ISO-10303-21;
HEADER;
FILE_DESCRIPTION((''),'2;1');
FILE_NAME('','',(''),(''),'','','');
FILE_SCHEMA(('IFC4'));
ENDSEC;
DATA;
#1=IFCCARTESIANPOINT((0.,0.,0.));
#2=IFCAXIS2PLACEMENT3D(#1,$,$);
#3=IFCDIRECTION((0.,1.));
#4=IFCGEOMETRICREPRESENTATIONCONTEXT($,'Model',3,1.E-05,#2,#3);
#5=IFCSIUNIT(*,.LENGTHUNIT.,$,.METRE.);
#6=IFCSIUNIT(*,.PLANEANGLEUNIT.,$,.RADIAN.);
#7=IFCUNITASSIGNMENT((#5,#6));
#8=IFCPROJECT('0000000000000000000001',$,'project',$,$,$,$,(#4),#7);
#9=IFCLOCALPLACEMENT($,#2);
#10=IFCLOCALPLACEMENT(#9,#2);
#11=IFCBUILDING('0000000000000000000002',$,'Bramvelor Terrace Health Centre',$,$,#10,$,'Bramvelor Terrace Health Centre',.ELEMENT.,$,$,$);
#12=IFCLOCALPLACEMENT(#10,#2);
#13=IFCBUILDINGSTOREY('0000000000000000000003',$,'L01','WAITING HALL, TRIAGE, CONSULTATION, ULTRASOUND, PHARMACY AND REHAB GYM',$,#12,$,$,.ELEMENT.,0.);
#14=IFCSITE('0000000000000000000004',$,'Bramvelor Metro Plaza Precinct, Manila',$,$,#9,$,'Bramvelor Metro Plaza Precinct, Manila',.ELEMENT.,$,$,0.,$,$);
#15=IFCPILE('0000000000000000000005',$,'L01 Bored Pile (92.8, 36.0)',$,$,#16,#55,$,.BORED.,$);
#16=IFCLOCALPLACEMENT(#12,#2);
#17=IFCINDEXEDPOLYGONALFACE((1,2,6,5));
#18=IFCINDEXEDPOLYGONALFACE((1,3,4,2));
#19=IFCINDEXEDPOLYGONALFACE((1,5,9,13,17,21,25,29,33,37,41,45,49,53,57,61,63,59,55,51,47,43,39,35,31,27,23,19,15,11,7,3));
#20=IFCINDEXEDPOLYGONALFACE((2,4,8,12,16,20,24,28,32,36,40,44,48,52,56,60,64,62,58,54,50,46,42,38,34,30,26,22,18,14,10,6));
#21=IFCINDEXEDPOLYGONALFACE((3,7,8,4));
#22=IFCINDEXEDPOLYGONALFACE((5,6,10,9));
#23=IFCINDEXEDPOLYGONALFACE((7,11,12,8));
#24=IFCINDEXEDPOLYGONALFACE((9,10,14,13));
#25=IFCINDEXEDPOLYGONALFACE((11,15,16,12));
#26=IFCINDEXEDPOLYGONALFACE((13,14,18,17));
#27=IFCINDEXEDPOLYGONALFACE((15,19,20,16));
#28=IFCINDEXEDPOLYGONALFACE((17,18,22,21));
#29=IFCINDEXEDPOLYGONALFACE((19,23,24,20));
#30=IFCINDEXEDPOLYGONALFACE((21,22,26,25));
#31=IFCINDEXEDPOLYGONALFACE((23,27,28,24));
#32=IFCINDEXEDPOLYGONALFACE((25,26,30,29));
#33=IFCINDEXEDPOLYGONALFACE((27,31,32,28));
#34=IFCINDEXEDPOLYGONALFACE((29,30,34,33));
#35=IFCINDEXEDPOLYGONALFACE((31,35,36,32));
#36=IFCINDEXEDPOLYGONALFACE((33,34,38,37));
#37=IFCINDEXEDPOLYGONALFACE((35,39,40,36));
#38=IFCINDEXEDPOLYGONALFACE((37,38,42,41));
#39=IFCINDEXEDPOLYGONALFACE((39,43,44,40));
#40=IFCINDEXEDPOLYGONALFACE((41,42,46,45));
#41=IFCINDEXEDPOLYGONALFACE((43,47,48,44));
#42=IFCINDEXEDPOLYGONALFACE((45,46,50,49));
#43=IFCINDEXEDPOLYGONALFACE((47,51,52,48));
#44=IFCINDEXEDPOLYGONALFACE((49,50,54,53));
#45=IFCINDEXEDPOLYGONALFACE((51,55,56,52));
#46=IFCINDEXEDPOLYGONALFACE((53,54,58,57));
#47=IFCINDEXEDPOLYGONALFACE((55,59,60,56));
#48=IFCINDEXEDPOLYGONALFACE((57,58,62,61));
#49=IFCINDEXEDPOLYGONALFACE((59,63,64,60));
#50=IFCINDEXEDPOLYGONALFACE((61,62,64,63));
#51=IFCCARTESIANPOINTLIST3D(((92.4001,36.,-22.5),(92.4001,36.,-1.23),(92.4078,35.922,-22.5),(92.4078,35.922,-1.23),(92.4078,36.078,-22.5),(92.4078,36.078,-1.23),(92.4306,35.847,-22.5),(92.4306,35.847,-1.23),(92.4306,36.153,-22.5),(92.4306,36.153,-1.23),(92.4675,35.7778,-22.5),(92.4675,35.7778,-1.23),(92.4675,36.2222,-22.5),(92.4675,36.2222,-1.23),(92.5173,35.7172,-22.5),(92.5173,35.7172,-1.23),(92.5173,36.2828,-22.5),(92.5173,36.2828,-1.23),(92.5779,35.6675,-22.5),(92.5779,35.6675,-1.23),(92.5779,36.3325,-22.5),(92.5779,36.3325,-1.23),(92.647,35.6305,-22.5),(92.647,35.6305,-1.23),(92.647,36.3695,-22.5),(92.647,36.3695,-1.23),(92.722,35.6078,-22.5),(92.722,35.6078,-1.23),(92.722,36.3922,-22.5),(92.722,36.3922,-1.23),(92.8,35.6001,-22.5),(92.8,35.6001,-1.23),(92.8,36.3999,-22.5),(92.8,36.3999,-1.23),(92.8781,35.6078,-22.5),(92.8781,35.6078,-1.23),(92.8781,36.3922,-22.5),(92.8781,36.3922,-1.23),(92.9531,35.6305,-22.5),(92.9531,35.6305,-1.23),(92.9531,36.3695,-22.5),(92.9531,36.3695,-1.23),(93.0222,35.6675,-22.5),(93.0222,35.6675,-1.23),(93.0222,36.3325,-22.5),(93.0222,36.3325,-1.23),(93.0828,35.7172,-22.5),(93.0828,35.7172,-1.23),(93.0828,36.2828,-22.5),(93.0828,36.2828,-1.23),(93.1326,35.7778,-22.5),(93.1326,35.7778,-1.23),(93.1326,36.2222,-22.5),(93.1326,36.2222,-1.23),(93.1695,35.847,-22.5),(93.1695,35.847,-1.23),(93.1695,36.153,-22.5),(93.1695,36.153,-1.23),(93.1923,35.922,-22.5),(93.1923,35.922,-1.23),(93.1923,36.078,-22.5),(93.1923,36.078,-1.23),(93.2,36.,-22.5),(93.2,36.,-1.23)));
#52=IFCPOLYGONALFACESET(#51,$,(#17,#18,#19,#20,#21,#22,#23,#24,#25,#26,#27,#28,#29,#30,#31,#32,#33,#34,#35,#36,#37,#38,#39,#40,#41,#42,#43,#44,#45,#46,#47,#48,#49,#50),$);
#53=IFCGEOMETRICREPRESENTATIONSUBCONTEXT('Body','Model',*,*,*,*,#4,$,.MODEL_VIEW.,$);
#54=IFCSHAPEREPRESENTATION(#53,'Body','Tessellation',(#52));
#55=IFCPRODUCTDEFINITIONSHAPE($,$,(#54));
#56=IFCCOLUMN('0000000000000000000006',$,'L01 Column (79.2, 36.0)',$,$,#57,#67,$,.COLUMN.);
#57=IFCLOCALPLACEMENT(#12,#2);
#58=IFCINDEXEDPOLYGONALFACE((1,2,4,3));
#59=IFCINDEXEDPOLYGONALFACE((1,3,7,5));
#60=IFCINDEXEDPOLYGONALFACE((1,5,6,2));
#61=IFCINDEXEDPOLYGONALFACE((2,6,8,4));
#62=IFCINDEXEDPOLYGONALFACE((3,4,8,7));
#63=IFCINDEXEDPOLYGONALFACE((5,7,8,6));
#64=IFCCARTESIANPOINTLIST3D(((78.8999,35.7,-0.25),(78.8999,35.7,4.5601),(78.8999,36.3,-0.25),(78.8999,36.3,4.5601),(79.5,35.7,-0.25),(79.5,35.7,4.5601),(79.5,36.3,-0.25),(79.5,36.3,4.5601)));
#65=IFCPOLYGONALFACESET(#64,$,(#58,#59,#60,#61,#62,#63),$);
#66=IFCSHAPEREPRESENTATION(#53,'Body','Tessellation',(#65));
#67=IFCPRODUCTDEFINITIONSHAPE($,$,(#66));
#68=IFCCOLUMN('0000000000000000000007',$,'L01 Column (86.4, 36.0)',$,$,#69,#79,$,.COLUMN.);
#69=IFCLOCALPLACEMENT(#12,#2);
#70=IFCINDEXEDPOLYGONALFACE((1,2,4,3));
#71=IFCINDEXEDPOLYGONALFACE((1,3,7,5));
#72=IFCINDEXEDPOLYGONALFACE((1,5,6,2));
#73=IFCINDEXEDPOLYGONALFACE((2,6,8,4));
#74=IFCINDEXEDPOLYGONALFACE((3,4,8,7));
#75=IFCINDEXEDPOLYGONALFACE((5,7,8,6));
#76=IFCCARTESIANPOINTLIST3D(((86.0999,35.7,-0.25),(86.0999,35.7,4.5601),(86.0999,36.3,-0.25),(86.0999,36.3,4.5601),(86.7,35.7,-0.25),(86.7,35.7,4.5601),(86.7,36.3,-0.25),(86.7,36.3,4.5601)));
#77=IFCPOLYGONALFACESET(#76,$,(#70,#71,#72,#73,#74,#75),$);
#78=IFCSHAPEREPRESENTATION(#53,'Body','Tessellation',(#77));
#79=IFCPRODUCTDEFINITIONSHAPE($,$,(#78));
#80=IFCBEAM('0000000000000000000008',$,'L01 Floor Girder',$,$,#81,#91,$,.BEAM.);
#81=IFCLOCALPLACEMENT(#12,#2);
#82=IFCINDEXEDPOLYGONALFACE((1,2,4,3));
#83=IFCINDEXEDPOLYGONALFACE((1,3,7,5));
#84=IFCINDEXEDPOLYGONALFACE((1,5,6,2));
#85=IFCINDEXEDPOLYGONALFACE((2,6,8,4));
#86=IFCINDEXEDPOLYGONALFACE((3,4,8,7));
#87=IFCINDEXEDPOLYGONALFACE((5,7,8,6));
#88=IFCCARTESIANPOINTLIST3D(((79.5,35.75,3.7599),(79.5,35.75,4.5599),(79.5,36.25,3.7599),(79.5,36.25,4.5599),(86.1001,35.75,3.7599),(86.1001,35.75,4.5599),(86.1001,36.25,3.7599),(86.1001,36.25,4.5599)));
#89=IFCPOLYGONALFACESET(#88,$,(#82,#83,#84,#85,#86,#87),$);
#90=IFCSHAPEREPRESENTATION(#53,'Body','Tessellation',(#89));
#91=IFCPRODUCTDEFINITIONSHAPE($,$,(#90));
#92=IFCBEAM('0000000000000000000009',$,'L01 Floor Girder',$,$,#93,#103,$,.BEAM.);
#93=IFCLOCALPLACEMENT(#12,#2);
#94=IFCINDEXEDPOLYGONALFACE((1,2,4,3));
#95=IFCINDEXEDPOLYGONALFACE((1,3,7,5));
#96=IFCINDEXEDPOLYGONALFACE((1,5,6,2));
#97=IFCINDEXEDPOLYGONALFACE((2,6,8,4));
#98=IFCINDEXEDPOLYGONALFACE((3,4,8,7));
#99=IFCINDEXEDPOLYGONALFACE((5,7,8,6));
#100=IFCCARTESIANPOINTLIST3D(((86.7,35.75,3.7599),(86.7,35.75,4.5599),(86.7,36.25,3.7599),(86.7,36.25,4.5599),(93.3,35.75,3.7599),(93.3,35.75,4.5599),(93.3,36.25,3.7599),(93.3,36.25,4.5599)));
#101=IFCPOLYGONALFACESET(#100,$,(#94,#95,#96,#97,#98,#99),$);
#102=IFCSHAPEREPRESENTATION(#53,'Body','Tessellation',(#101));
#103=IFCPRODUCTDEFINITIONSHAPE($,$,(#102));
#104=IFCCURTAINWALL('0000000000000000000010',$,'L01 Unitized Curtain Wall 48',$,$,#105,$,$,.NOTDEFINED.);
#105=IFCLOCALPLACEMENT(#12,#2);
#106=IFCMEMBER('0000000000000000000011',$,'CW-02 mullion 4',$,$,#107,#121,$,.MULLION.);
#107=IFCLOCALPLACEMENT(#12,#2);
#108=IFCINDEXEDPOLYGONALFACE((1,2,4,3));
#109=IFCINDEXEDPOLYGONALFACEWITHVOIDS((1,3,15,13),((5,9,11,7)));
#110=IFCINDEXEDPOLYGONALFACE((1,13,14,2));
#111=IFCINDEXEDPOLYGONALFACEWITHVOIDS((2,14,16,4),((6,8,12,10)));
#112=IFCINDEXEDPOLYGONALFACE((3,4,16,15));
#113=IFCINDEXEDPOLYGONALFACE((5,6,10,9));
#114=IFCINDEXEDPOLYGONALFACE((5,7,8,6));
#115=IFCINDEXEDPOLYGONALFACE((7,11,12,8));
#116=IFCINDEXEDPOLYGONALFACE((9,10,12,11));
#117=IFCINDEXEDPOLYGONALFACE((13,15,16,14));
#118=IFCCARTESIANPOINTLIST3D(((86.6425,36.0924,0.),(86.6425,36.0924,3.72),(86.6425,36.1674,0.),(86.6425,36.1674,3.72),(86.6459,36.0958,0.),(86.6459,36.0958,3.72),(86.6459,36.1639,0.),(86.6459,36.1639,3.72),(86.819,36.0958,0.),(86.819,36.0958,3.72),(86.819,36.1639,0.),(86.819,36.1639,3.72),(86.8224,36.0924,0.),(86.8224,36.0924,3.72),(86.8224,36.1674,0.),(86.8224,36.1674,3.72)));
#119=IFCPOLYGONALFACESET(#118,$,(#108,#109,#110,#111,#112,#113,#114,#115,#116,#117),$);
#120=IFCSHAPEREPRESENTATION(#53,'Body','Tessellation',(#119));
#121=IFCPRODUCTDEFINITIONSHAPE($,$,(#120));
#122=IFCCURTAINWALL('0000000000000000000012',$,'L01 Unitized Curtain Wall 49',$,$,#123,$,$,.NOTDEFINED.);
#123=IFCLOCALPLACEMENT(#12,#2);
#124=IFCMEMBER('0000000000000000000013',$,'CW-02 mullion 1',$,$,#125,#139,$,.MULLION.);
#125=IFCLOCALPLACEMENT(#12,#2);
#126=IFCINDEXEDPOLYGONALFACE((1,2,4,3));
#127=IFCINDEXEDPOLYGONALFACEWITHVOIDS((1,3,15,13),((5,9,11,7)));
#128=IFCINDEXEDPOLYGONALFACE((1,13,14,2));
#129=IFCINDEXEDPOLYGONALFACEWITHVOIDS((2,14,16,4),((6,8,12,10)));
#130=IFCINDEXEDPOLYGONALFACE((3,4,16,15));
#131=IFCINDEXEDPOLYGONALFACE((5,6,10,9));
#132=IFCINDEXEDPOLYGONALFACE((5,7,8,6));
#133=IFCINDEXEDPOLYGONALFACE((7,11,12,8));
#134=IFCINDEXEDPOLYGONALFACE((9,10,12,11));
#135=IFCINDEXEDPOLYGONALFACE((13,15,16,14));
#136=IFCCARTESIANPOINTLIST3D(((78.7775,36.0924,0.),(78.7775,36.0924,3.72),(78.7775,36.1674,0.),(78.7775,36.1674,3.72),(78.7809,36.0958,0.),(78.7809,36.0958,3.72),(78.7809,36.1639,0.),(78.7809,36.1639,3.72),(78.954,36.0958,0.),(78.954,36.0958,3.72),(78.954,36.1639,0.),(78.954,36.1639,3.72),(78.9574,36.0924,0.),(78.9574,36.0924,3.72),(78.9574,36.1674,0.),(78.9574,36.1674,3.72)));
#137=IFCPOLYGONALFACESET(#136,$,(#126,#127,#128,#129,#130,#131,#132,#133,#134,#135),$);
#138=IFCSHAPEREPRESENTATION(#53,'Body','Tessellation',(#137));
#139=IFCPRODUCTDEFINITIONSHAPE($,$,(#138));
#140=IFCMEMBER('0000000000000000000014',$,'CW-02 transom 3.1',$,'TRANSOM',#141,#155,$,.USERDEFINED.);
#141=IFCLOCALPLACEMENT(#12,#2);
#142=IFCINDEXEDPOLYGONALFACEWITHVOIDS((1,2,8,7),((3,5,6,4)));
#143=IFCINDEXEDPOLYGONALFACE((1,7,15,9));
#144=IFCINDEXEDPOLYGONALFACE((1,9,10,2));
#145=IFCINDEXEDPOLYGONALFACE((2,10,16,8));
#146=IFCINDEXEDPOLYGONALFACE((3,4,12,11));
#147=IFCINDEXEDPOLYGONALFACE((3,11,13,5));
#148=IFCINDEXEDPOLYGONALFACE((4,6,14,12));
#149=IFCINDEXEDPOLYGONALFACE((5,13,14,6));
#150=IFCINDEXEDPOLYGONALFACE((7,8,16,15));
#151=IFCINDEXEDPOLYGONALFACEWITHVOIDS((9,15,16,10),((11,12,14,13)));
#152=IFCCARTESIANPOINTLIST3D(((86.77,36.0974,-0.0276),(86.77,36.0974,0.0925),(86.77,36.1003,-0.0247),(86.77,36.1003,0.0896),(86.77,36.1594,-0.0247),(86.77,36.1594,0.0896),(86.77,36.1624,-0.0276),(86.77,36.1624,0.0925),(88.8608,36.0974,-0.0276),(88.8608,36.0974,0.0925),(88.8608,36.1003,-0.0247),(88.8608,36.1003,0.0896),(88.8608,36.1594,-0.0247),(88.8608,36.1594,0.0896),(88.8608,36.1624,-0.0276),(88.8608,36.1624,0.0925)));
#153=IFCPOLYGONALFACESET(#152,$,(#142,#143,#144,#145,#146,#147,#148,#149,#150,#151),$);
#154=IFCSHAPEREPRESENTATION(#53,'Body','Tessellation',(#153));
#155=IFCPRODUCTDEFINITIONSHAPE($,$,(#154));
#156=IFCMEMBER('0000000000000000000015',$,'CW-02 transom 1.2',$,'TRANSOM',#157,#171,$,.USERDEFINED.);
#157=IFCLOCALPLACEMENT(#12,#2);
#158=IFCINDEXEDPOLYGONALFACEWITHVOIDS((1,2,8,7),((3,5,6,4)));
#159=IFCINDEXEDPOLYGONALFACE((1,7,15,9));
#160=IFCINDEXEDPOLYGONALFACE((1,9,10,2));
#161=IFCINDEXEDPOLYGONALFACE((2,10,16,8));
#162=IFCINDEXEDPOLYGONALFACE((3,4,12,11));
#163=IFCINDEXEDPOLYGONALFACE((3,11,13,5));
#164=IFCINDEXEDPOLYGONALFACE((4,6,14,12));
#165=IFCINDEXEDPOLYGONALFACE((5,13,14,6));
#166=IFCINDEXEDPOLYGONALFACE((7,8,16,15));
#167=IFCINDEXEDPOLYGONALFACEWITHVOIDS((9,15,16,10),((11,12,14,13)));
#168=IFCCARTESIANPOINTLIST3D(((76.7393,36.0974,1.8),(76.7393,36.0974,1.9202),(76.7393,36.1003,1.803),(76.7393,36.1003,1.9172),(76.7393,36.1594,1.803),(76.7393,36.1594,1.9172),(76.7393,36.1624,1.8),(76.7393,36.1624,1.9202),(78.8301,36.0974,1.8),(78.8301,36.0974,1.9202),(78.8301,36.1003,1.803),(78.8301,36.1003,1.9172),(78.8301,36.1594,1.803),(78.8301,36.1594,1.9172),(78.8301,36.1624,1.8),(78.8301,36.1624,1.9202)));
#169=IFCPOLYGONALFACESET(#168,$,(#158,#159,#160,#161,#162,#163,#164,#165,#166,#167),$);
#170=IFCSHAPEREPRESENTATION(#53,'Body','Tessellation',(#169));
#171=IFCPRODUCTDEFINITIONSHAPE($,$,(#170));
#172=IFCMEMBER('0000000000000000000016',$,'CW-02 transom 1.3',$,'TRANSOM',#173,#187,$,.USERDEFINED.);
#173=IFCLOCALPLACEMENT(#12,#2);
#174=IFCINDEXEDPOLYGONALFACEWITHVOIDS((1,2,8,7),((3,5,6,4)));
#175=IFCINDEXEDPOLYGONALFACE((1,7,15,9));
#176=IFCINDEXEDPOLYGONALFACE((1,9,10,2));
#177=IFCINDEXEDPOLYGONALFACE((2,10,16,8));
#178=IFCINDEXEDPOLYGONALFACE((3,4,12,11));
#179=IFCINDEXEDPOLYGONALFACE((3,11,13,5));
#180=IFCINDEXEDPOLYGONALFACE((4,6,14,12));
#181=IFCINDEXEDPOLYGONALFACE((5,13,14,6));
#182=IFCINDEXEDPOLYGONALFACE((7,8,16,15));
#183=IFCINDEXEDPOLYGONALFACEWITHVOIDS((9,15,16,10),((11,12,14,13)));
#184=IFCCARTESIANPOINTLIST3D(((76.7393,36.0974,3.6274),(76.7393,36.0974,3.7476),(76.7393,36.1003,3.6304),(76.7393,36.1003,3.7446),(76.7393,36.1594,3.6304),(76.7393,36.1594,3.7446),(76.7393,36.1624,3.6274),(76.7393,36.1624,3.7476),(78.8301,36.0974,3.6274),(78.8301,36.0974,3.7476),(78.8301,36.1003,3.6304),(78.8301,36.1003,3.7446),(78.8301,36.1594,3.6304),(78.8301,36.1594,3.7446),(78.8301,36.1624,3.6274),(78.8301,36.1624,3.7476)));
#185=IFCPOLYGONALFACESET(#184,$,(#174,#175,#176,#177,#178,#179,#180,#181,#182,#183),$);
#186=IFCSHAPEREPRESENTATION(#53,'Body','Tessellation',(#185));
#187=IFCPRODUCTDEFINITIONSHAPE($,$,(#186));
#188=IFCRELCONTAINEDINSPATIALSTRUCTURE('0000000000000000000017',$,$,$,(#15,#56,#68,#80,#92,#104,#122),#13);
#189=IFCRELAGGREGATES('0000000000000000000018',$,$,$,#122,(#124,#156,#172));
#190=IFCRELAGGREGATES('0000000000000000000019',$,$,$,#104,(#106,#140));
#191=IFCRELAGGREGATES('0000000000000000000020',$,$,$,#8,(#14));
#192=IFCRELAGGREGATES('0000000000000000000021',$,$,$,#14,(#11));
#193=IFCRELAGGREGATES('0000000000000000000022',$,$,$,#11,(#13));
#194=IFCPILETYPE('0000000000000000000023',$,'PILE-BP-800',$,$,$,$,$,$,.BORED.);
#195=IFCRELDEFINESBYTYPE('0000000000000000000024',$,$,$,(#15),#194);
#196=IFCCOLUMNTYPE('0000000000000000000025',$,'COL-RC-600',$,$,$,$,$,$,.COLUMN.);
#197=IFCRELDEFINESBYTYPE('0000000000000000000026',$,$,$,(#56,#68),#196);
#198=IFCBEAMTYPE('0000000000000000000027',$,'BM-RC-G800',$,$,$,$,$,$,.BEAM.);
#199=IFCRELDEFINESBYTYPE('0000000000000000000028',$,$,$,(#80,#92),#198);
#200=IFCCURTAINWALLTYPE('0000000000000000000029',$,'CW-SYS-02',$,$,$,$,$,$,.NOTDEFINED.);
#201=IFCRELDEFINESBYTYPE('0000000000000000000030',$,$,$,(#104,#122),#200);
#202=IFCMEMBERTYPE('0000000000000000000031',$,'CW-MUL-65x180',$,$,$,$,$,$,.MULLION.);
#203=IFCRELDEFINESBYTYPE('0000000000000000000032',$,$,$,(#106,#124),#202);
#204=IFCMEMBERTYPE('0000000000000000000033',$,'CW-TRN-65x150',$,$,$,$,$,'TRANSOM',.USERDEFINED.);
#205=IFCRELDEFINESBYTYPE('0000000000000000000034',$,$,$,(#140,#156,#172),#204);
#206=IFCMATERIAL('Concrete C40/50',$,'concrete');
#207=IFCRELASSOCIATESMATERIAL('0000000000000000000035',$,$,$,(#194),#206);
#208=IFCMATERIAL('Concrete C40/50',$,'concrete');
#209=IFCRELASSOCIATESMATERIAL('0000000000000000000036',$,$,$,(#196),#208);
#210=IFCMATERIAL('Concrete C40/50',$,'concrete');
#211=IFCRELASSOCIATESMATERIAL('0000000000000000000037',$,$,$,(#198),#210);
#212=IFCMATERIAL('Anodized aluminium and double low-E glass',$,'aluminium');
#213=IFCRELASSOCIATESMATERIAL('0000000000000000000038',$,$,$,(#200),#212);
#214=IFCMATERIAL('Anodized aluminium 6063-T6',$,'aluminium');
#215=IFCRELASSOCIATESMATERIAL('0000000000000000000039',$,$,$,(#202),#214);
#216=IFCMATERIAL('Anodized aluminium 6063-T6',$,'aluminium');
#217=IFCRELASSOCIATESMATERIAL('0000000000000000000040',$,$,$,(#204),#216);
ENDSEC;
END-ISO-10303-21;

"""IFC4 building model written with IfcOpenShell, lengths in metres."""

from ifc_helpers import new_model, si_unit, direction, frame, origin, origin_2d, place, context, subcontext, project, spatial, rectangle, hollow_rectangle, circle, extrude, material, material_profile, profile_set, type_object, element, aggregate, save


model = new_model("IFC4")

# Units and contexts
model_context = context("Model", 3, precision=1e-05, world=origin(), true_north=direction((0.0, 1.0)))
body_context = subcontext(model_context, "Body", "Model", "MODEL_VIEW")
ifc_project = project(units=[si_unit("LENGTHUNIT", "METRE"), si_unit("PLANEANGLEUNIT", "RADIAN")], contexts=[model_context])

# Site, building, storey
site_placement = place(None, origin())
site = spatial("IfcSite", under=ifc_project, at=site_placement, Name="Bramvelor Metro Plaza Precinct, Manila", LongName="Bramvelor Metro Plaza Precinct, Manila", CompositionType="ELEMENT", RefElevation=0.0)
building_placement = place(site_placement, origin())
building = spatial("IfcBuilding", under=site, at=building_placement, Name="Bramvelor Terrace Health Centre", LongName="Bramvelor Terrace Health Centre", CompositionType="ELEMENT")
storey_placement = place(building_placement, origin())
storey = spatial("IfcBuildingStorey", under=building, at=storey_placement, Name="L01", Description="WAITING HALL, TRIAGE, CONSULTATION, ULTRASOUND, PHARMACY AND REHAB GYM", CompositionType="ELEMENT", Elevation=0.0)

# Pile
ifc_material_1 = material(Name="Concrete C40/50", Category="concrete")
ifc_material_profile_1 = material_profile(ifc_material_1, circle(Radius=0.3999, at=origin_2d()), Name="BP D800")
ifc_profile_set_1 = profile_set([ifc_material_profile_1], Name="Concrete C40/50")
pile_type = type_object("IfcPileType", Name="PILE-BP-800", PredefinedType="BORED", material=ifc_profile_set_1)
for number, where, z_axis, x_axis, name in (
    (1, (92.8, 36.0, -1.23), (0.0, 0.0, -1.0), (1.0, 0.0, 0.0), "L01 Bored Pile (92.8, 36.0)"),
):
    element("IfcPile", number, at=place(storey_placement, frame(where, z_axis=z_axis, x_axis=x_axis)), inside=storey, type_object=pile_type, Name=name, PredefinedType="BORED", context=body_context, shape_type="SweptSolid", body=[
        extrude(circle(Radius=0.3999, at=origin_2d()), origin(), (0.0, 0.0, 1.0), 21.27),
    ])

# Columns
ifc_material_2 = material(Name="Concrete C40/50", Category="concrete")
ifc_material_profile_2 = material_profile(ifc_material_2, rectangle(XDim=0.6001, YDim=0.6001, at=origin_2d()), Name="RC 600x600")
ifc_profile_set_2 = profile_set([ifc_material_profile_2], Name="Concrete C40/50")
column_type = type_object("IfcColumnType", Name="COL-RC-600", PredefinedType="COLUMN", material=ifc_profile_set_2)
for number, where, z_axis, x_axis, name in (
    (2, (79.2, 36.0, -0.25), (0.0, 0.0, 1.0), (1.0, 0.0, 0.0), "L01 Column (79.2, 36.0)"),
    (3, (86.3999, 36.0, -0.25), (0.0, 0.0, 1.0), (1.0, 0.0, 0.0), "L01 Column (86.4, 36.0)"),
):
    element("IfcColumn", number, at=place(storey_placement, frame(where, z_axis=z_axis, x_axis=x_axis)), inside=storey, type_object=column_type, Name=name, PredefinedType="COLUMN", context=body_context, shape_type="SweptSolid", body=[
        extrude(rectangle(XDim=0.6001, YDim=0.6001, at=origin_2d()), origin(), (0.0, 0.0, 1.0), 4.8101),
    ])

# Beams
ifc_material_3 = material(Name="Concrete C40/50", Category="concrete")
ifc_material_profile_3 = material_profile(ifc_material_3, rectangle(XDim=0.5, YDim=0.8, at=origin_2d()), Name="RC 500x800")
ifc_profile_set_3 = profile_set([ifc_material_profile_3], Name="Concrete C40/50")
beam_type = type_object("IfcBeamType", Name="BM-RC-G800", PredefinedType="BEAM", material=ifc_profile_set_3)
for number, where, z_axis, x_axis, name in (
    (4, (79.5, 36.0, 4.1599), (1.0, 0.0, 0.0), (0.0, 1.0, 0.0), "L01 Floor Girder"),
    (5, (86.7, 36.0, 4.1599), (1.0, 0.0, 0.0), (0.0, 1.0, 0.0), "L01 Floor Girder"),
):
    element("IfcBeam", number, at=place(storey_placement, frame(where, z_axis=z_axis, x_axis=x_axis)), inside=storey, type_object=beam_type, Name=name, PredefinedType="BEAM", context=body_context, shape_type="SweptSolid", body=[
        extrude(rectangle(XDim=0.5, YDim=0.8, at=origin_2d()), origin(), (0.0, 0.0, 1.0), 6.6001),
    ])

# Curtain walls, members
ifc_material_4 = material(Name="Anodized aluminium and double low-E glass", Category="aluminium")
curtain_wall_type = type_object("IfcCurtainWallType", Name="CW-SYS-02", PredefinedType="NOTDEFINED", material=ifc_material_4)
curtain_wall_1_placement = place(storey_placement, origin())
curtain_wall_1 = element("IfcCurtainWall", 6, at=curtain_wall_1_placement, inside=storey, type_object=curtain_wall_type, Name="L01 Unitized Curtain Wall 48", PredefinedType="NOTDEFINED")
ifc_material_5 = material(Name="Anodized aluminium 6063-T6", Category="aluminium")
ifc_material_profile_4 = material_profile(ifc_material_5, hollow_rectangle(XDim=0.075, YDim=0.1799, WallThickness=0.0034, at=origin_2d()), Name="ALU-MUL 75x180x3.5")
ifc_profile_set_4 = profile_set([ifc_material_profile_4], Name="Anodized aluminium 6063-T6")
member_type_1 = type_object("IfcMemberType", Name="CW-MUL-65x180", PredefinedType="MULLION", material=ifc_profile_set_4)
member_1_placement = place(storey_placement, frame((86.7324, 36.1299, 0.0), z_axis=(0.0, 0.0, 1.0), x_axis=(0.0, -1.0, 0.0)))
member_1 = element("IfcMember", 7, at=member_1_placement, type_object=member_type_1, Name="CW-02 mullion 4", PredefinedType="MULLION", context=body_context, shape_type="SweptSolid", body=[
    extrude(hollow_rectangle(XDim=0.075, YDim=0.1799, WallThickness=0.0034, at=origin_2d()), origin(), (0.0, 0.0, 1.0), 3.72),
])
curtain_wall_2_placement = place(storey_placement, origin())
curtain_wall_2 = element("IfcCurtainWall", 8, at=curtain_wall_2_placement, inside=storey, type_object=curtain_wall_type, Name="L01 Unitized Curtain Wall 49", PredefinedType="NOTDEFINED")
member_2_placement = place(storey_placement, frame((78.8674, 36.1299, 0.0), z_axis=(0.0, 0.0, 1.0), x_axis=(0.0, -1.0, 0.0)))
member_2 = element("IfcMember", 9, at=member_2_placement, type_object=member_type_1, Name="CW-02 mullion 1", PredefinedType="MULLION", context=body_context, shape_type="SweptSolid", body=[
    extrude(hollow_rectangle(XDim=0.075, YDim=0.1799, WallThickness=0.0034, at=origin_2d()), origin(), (0.0, 0.0, 1.0), 3.72),
])

# Members
ifc_material_6 = material(Name="Anodized aluminium 6063-T6", Category="aluminium")
ifc_material_profile_5 = material_profile(ifc_material_6, hollow_rectangle(XDim=0.0649, YDim=0.1201, WallThickness=0.0029, at=origin_2d()), Name="ALU-TRN 65x120x3.0")
ifc_profile_set_5 = profile_set([ifc_material_profile_5], Name="Anodized aluminium 6063-T6")
member_type_2 = type_object("IfcMemberType", Name="CW-TRN-65x150", ElementType="TRANSOM", PredefinedType="USERDEFINED", material=ifc_profile_set_5)
member_3_placement = place(storey_placement, frame((88.8608, 36.1299, 0.0325), z_axis=(-1.0, 0.0, 0.0), x_axis=(0.0, -1.0, 0.0)))
member_3 = element("IfcMember", 10, at=member_3_placement, type_object=member_type_2, Name="CW-02 transom 3.1", ObjectType="TRANSOM", PredefinedType="USERDEFINED", context=body_context, shape_type="SweptSolid", body=[
    extrude(hollow_rectangle(XDim=0.0649, YDim=0.1201, WallThickness=0.0029, at=origin_2d()), origin(), (0.0, 0.0, 1.0), 2.0908),
])
member_4_placement = place(storey_placement, frame((78.8301, 36.1299, 1.8601), z_axis=(-1.0, 0.0, 0.0), x_axis=(0.0, -1.0, 0.0)))
member_4 = element("IfcMember", 11, at=member_4_placement, type_object=member_type_2, Name="CW-02 transom 1.2", ObjectType="TRANSOM", PredefinedType="USERDEFINED", context=body_context, shape_type="SweptSolid", body=[
    extrude(hollow_rectangle(XDim=0.0649, YDim=0.1201, WallThickness=0.0029, at=origin_2d()), origin(), (0.0, 0.0, 1.0), 2.0908),
])
member_5_placement = place(storey_placement, frame((78.8301, 36.1299, 3.6875), z_axis=(-1.0, 0.0, 0.0), x_axis=(0.0, -1.0, 0.0)))
member_5 = element("IfcMember", 12, at=member_5_placement, type_object=member_type_2, Name="CW-02 transom 1.3", ObjectType="TRANSOM", PredefinedType="USERDEFINED", context=body_context, shape_type="SweptSolid", body=[
    extrude(hollow_rectangle(XDim=0.0649, YDim=0.1201, WallThickness=0.0029, at=origin_2d()), origin(), (0.0, 0.0, 1.0), 2.0908),
])
aggregate(curtain_wall_2, [member_2, member_4, member_5])

aggregate(curtain_wall_1, [member_1, member_3])

save(model, "model.ifc")
